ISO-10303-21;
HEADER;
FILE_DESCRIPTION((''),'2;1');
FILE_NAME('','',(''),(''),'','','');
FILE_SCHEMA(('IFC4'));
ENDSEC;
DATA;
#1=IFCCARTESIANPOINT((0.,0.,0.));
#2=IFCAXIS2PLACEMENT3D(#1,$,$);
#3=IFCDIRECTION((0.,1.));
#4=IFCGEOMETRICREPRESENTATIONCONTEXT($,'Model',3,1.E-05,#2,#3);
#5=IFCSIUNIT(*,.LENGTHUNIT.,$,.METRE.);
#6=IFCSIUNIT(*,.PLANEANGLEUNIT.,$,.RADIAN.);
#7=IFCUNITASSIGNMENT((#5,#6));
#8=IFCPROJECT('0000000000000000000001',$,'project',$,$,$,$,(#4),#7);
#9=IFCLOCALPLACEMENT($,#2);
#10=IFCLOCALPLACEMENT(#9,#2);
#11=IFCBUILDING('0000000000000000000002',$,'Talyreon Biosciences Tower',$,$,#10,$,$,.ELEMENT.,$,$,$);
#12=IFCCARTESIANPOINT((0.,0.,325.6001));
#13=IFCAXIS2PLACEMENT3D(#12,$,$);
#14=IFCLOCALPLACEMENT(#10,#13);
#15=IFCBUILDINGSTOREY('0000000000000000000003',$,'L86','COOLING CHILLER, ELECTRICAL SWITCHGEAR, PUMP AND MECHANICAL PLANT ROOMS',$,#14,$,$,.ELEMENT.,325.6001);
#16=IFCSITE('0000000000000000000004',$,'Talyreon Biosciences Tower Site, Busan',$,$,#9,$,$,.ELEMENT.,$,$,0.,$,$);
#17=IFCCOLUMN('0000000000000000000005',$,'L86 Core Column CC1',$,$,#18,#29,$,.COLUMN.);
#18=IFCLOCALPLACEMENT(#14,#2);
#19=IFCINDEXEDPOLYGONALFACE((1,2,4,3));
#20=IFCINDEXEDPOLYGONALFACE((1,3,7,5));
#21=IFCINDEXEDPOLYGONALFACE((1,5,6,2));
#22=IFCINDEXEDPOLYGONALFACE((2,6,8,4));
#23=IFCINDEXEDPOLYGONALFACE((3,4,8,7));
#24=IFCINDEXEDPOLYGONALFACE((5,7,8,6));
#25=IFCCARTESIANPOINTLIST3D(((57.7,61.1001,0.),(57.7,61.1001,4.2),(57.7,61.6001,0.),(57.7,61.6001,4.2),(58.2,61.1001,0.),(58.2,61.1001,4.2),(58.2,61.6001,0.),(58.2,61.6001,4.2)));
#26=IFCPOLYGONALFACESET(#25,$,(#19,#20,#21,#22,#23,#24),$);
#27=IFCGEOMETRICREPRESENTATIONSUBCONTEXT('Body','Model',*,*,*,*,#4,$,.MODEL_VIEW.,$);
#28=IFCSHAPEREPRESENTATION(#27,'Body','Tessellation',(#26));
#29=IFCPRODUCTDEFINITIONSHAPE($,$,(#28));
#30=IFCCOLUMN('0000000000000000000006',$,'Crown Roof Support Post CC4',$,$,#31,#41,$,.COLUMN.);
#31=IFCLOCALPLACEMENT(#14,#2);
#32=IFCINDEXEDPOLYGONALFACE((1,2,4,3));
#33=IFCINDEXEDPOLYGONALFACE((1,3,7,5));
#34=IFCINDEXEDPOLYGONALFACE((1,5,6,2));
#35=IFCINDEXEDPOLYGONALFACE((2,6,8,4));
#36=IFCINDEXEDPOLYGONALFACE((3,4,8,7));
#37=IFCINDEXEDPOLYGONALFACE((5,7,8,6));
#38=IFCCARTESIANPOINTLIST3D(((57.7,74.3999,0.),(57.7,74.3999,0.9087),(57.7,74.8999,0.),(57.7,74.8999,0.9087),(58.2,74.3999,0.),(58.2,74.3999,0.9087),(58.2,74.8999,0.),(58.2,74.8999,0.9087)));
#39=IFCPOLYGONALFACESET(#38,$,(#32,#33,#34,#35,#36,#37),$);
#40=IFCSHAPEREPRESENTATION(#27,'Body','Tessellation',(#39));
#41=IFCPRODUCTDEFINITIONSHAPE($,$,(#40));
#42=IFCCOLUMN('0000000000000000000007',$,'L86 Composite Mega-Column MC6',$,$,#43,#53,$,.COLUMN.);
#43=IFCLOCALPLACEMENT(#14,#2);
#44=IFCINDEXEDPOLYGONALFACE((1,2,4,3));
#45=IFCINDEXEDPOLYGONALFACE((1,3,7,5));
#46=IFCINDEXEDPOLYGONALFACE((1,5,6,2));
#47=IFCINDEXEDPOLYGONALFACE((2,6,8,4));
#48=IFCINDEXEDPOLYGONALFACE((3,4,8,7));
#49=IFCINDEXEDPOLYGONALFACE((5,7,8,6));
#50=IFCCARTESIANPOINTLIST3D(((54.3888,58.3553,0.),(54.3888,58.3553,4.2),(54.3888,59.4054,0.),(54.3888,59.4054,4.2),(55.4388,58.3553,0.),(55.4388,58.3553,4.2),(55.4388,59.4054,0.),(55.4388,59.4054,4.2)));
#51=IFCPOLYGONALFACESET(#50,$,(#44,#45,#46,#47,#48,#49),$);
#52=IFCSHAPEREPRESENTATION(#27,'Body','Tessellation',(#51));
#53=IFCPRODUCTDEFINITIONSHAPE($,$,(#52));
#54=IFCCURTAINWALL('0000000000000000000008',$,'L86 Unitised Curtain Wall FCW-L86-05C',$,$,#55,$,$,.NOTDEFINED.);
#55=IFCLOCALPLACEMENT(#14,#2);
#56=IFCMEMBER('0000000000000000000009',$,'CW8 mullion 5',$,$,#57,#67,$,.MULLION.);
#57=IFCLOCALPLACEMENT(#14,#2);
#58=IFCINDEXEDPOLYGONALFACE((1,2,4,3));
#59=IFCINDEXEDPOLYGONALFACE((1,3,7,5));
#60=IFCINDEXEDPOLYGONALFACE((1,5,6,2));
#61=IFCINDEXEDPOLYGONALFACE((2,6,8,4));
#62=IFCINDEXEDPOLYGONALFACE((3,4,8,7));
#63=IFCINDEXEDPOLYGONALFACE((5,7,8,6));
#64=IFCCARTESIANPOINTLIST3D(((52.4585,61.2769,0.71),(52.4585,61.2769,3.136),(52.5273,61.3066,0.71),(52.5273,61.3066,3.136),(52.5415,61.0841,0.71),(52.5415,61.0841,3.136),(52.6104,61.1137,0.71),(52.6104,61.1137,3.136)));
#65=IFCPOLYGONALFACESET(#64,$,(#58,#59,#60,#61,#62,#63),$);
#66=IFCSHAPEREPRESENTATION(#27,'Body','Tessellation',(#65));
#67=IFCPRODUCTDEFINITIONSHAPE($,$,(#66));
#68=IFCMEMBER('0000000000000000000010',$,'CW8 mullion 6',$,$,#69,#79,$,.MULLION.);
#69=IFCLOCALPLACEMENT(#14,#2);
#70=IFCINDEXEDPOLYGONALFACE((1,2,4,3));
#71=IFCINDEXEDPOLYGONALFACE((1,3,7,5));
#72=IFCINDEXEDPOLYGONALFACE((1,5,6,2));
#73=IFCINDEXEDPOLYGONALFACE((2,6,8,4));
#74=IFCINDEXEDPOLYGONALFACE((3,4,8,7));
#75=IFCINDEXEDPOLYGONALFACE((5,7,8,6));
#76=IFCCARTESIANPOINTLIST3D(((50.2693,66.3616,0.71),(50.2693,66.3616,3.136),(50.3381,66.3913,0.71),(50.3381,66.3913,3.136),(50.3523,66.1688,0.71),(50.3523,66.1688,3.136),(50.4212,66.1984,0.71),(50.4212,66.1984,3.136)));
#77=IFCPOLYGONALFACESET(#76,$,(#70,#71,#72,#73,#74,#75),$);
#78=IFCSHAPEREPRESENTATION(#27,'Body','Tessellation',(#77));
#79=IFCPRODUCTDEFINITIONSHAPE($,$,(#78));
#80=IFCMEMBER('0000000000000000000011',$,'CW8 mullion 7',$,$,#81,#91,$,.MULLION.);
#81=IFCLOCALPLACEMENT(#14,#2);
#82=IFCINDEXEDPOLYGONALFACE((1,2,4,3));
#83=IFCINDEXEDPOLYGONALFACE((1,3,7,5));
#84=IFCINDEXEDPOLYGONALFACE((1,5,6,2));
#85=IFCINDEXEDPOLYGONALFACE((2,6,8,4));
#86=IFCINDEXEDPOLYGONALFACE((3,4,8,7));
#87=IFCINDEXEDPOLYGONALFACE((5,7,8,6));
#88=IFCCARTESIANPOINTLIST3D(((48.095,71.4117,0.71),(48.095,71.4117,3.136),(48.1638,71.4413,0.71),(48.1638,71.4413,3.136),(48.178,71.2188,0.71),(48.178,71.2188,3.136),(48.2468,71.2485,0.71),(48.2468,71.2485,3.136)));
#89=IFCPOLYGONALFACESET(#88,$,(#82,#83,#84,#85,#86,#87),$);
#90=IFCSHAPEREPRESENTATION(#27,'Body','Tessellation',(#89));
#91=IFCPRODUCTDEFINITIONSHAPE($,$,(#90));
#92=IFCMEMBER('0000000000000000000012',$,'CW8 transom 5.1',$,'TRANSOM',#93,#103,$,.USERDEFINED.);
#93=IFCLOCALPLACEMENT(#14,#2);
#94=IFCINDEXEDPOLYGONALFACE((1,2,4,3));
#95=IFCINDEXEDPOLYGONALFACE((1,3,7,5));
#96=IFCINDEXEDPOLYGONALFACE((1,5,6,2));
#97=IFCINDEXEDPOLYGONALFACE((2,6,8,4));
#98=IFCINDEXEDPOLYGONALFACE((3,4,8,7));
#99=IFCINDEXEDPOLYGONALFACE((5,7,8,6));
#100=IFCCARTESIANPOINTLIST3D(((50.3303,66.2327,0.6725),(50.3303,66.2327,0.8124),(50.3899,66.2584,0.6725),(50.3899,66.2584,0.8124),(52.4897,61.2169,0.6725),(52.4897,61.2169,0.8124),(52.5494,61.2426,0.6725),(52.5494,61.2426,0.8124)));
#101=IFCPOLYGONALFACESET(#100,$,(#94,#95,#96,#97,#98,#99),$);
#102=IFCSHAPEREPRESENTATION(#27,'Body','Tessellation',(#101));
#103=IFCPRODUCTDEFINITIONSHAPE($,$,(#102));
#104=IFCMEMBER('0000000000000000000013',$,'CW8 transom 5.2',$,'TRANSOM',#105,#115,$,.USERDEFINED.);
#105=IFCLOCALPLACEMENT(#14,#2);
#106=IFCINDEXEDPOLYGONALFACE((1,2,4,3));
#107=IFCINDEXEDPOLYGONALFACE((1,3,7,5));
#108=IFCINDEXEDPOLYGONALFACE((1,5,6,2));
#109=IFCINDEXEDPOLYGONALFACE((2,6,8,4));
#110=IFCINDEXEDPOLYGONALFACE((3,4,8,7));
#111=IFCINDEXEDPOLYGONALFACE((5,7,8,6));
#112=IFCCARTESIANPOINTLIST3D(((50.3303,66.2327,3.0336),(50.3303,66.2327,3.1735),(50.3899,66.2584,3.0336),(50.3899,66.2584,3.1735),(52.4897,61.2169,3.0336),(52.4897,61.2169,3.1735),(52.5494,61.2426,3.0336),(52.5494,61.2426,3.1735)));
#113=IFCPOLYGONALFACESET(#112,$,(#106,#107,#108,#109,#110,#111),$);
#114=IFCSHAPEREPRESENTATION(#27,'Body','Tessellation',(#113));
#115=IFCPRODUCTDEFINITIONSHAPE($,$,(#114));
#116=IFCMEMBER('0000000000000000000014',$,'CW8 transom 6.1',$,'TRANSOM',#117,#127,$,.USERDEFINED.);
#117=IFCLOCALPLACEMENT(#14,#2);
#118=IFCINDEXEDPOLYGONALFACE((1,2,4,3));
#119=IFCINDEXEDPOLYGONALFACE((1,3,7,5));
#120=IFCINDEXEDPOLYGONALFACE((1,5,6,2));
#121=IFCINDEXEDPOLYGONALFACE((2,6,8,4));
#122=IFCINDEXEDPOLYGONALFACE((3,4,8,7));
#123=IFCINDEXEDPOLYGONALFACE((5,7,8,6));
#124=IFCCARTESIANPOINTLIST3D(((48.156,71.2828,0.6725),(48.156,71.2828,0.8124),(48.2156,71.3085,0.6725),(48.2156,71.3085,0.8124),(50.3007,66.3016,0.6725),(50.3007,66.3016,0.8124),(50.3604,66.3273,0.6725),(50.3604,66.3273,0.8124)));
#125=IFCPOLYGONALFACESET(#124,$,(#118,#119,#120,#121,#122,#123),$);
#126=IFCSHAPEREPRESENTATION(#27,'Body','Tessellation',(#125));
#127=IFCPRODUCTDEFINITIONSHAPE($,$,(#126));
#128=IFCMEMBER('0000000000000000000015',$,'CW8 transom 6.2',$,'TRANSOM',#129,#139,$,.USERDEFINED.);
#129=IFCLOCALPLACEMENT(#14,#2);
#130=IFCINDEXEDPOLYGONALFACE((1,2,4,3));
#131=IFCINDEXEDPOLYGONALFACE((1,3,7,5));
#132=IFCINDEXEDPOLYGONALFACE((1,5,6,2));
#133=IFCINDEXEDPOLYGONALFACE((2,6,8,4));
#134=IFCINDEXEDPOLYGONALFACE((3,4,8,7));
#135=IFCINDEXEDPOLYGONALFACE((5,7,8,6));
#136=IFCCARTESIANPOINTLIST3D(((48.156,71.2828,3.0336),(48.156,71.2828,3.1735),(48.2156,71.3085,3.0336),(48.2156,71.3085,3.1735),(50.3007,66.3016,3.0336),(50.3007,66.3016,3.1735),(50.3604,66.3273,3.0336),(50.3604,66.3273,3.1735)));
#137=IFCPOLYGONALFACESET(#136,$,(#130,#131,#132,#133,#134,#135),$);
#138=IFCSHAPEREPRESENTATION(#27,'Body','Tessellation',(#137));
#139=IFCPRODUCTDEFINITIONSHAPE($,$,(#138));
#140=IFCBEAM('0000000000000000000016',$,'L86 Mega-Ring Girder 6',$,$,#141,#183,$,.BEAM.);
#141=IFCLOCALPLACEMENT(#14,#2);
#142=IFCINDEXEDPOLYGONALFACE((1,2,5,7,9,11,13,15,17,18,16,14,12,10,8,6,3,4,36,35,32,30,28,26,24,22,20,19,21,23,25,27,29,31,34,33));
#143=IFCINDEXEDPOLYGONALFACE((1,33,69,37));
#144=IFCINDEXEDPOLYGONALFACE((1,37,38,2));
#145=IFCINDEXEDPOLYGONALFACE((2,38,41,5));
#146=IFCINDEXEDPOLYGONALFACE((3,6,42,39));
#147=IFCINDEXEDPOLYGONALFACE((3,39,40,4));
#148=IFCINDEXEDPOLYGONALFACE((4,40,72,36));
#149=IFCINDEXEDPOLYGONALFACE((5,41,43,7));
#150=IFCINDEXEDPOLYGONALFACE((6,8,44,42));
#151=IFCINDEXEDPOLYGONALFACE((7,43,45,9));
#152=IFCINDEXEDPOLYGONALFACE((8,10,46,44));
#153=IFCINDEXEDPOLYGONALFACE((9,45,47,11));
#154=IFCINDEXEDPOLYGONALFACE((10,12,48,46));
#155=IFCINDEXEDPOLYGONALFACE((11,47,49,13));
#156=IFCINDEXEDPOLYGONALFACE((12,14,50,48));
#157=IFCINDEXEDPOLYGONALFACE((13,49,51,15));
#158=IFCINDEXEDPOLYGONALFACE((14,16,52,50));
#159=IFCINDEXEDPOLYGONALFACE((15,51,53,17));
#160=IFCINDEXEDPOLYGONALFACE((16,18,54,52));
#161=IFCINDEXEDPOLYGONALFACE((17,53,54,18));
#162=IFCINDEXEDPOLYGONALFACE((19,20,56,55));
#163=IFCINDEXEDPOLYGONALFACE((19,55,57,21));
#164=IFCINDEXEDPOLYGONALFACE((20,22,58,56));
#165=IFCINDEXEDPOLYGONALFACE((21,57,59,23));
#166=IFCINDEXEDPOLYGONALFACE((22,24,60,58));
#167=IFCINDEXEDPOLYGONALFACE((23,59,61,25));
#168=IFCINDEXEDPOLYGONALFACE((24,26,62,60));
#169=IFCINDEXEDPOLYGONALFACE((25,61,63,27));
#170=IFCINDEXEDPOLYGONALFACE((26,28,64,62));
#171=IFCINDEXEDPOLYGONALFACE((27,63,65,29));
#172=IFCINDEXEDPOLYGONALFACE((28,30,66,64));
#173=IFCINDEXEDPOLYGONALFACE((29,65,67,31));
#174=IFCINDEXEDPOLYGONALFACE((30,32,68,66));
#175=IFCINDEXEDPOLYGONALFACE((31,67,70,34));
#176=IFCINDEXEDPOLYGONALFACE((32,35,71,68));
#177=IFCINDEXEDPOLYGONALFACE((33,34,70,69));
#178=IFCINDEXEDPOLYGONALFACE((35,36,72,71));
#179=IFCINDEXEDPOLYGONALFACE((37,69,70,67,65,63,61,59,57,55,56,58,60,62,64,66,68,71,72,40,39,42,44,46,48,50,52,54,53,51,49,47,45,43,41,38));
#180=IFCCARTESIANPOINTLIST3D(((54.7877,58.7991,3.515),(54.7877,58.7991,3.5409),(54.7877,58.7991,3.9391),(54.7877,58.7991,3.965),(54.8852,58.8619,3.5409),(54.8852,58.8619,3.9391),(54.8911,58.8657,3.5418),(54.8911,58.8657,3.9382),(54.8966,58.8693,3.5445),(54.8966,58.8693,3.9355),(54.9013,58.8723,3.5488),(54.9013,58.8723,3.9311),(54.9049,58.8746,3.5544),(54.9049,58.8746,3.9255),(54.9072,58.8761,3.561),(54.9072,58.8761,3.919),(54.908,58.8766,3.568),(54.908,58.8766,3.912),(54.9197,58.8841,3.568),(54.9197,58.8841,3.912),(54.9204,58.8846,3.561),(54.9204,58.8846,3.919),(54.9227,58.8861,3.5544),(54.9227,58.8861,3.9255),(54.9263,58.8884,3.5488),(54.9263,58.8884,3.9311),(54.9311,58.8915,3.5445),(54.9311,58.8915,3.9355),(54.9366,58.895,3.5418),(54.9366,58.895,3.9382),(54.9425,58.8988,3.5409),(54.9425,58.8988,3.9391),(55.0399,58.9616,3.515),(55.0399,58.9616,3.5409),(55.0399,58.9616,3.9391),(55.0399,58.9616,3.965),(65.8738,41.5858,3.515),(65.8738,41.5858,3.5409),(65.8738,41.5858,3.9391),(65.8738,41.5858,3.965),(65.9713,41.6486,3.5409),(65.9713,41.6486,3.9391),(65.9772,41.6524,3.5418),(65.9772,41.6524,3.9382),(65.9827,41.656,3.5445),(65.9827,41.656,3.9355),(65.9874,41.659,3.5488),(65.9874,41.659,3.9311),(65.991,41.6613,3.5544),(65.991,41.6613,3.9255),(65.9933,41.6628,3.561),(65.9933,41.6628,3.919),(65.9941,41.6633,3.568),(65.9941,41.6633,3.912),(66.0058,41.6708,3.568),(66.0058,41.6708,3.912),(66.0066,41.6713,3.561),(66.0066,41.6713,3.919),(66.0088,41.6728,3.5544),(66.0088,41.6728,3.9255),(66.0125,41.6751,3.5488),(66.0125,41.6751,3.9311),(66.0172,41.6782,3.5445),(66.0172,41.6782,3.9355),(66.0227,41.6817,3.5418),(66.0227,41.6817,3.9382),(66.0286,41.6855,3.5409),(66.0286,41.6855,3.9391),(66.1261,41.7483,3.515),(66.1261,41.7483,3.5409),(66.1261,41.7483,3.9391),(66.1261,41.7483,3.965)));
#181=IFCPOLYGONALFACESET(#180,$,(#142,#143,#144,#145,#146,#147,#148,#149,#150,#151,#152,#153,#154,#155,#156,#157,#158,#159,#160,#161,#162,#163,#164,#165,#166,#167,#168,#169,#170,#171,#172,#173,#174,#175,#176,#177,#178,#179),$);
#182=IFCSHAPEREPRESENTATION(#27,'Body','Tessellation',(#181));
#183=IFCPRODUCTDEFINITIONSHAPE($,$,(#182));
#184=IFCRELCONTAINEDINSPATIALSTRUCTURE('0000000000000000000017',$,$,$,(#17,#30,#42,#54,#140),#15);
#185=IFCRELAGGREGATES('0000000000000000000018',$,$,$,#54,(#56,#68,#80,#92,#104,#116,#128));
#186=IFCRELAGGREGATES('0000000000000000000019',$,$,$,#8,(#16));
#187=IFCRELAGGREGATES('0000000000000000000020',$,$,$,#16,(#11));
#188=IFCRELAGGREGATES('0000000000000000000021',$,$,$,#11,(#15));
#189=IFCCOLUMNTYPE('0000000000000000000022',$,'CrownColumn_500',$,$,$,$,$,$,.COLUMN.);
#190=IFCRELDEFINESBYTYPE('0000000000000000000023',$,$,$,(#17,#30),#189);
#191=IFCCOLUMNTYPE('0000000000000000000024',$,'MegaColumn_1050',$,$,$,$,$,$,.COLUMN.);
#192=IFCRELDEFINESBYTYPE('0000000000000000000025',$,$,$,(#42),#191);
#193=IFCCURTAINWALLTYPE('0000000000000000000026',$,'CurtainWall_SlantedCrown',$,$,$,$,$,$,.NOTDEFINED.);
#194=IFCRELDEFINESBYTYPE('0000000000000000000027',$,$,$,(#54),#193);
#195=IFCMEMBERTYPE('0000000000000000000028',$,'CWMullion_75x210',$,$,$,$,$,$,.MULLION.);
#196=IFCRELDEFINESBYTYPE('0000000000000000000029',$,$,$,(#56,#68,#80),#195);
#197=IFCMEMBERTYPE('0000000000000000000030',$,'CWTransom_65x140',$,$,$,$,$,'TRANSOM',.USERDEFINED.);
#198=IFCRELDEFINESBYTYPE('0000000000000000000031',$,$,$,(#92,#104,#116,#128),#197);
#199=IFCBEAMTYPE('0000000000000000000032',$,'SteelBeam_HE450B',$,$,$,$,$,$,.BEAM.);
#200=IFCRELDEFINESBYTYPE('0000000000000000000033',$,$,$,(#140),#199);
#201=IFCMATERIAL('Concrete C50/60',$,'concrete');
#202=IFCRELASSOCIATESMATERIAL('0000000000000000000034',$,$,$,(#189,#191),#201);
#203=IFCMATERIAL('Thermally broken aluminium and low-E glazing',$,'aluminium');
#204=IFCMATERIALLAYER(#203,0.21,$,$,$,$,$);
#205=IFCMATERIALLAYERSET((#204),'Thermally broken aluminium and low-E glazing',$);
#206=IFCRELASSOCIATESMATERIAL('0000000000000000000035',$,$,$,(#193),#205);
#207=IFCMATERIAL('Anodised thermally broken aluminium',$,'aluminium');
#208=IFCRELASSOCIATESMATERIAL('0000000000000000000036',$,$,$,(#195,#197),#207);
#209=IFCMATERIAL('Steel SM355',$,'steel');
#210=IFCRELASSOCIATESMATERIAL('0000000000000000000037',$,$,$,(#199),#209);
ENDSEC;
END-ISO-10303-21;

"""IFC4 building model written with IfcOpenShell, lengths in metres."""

from ifc_helpers import new_model, si_unit, direction, frame, origin, origin_2d, place, context, subcontext, project, spatial, rectangle, i_section, extrude, material, layer, layer_set, material_profile, profile_set, type_object, element, aggregate, save


model = new_model("IFC4")

# Units and contexts
model_context = context("Model", 3, precision=1e-05, world=origin(), true_north=direction((0.0, 1.0)))
body_context = subcontext(model_context, "Body", "Model", "MODEL_VIEW")
ifc_project = project(units=[si_unit("LENGTHUNIT", "METRE"), si_unit("PLANEANGLEUNIT", "RADIAN")], contexts=[model_context])

# Site, building, storey
site_placement = place(None, origin())
site = spatial("IfcSite", under=ifc_project, at=site_placement, Name="Talyreon Biosciences Tower Site, Busan", CompositionType="ELEMENT", RefElevation=0.0)
building_placement = place(site_placement, origin())
building = spatial("IfcBuilding", under=site, at=building_placement, Name="Talyreon Biosciences Tower", CompositionType="ELEMENT")
storey_placement = place(building_placement, frame((0.0, 0.0, 325.6001)))
storey = spatial("IfcBuildingStorey", under=building, at=storey_placement, Name="L86", Description="COOLING CHILLER, ELECTRICAL SWITCHGEAR, PUMP AND MECHANICAL PLANT ROOMS", CompositionType="ELEMENT", Elevation=325.6001)

# Columns
ifc_material_1 = material(Name="Concrete C50/60", Category="concrete")
ifc_material_profile_1 = material_profile(ifc_material_1, rectangle(XDim=0.5, YDim=0.5, at=origin_2d()), Name="RC 500x500")
ifc_profile_set_1 = profile_set([ifc_material_profile_1], Name="Concrete C50/60")
column_type_1 = type_object("IfcColumnType", Name="CrownColumn_500", PredefinedType="COLUMN", material=ifc_profile_set_1)
column_1_placement = place(storey_placement, frame((57.95, 61.3501, 0.0), z_axis=(0.0, 0.0, 1.0), x_axis=(1.0, 0.0, 0.0)))
element("IfcColumn", 1, at=column_1_placement, inside=storey, type_object=column_type_1, Name="L86 Core Column CC1", PredefinedType="COLUMN", context=body_context, shape_type="SweptSolid", body=[
    extrude(rectangle(XDim=0.5, YDim=0.5, at=origin_2d()), origin(), (0.0, 0.0, 1.0), 4.2),
])
column_2_placement = place(storey_placement, frame((57.95, 74.6499, 0.0), z_axis=(0.0, 0.0, 1.0), x_axis=(1.0, 0.0, 0.0)))
element("IfcColumn", 2, at=column_2_placement, inside=storey, type_object=column_type_1, Name="Crown Roof Support Post CC4", PredefinedType="COLUMN", context=body_context, shape_type="SweptSolid", body=[
    extrude(rectangle(XDim=0.5, YDim=0.5, at=origin_2d()), origin(), (0.0, 0.0, 1.0), 0.9087),
])
ifc_material_profile_2 = material_profile(ifc_material_1, rectangle(XDim=1.05, YDim=1.05, at=origin_2d()), Name="RC 1050x1050")
ifc_profile_set_2 = profile_set([ifc_material_profile_2], Name="Concrete C50/60")
column_type_2 = type_object("IfcColumnType", Name="MegaColumn_1050", PredefinedType="COLUMN", material=ifc_profile_set_2)
column_3_placement = place(storey_placement, frame((54.9138, 58.8804, 0.0), z_axis=(0.0, 0.0, 1.0), x_axis=(1.0, 0.0, 0.0)))
element("IfcColumn", 3, at=column_3_placement, inside=storey, type_object=column_type_2, Name="L86 Composite Mega-Column MC6", PredefinedType="COLUMN", context=body_context, shape_type="SweptSolid", body=[
    extrude(rectangle(XDim=1.05, YDim=1.05, at=origin_2d()), origin(), (0.0, 0.0, 1.0), 4.2),
])

# Curtain wall, members
ifc_material_2 = material(Name="Thermally broken aluminium and low-E glazing", Category="aluminium")
ifc_layer_1 = layer(ifc_material_2, 0.21)
ifc_layer_set_1 = layer_set([ifc_layer_1], Name="Thermally broken aluminium and low-E glazing")
curtain_wall_type = type_object("IfcCurtainWallType", Name="CurtainWall_SlantedCrown", PredefinedType="NOTDEFINED", material=ifc_layer_set_1)
curtain_wall_placement = place(storey_placement, origin())
curtain_wall = element("IfcCurtainWall", 4, at=curtain_wall_placement, inside=storey, type_object=curtain_wall_type, Name="L86 Unitised Curtain Wall FCW-L86-05C", PredefinedType="NOTDEFINED")
ifc_material_3 = material(Name="Anodised thermally broken aluminium", Category="aluminium")
ifc_material_profile_3 = material_profile(ifc_material_3, rectangle(XDim=0.075, YDim=0.21, at=origin_2d()), Name="ALUM MULLION 75x210")
ifc_profile_set_3 = profile_set([ifc_material_profile_3], Name="Anodised thermally broken aluminium")
member_type_1 = type_object("IfcMemberType", Name="CWMullion_75x210", PredefinedType="MULLION", material=ifc_profile_set_3)
member_1_placement = place(storey_placement, frame((52.5344, 61.1953, 0.71), z_axis=(0.0, 0.0, 1.0), x_axis=(-0.918487, -0.395451, 0.0)))
member_1 = element("IfcMember", 5, at=member_1_placement, type_object=member_type_1, Name="CW8 mullion 5", PredefinedType="MULLION", context=body_context, shape_type="SweptSolid", body=[
    extrude(rectangle(XDim=0.075, YDim=0.21, at=origin_2d()), origin(), (0.0, 0.0, 1.0), 2.426),
])
member_2_placement = place(storey_placement, frame((50.3452, 66.28, 0.71), z_axis=(0.0, 0.0, 1.0), x_axis=(-0.918487, -0.395451, 0.0)))
member_2 = element("IfcMember", 6, at=member_2_placement, type_object=member_type_1, Name="CW8 mullion 6", PredefinedType="MULLION", context=body_context, shape_type="SweptSolid", body=[
    extrude(rectangle(XDim=0.075, YDim=0.21, at=origin_2d()), origin(), (0.0, 0.0, 1.0), 2.426),
])
member_3_placement = place(storey_placement, frame((48.1709, 71.3301, 0.71), z_axis=(0.0, 0.0, 1.0), x_axis=(-0.918487, -0.395451, 0.0)))
member_3 = element("IfcMember", 7, at=member_3_placement, type_object=member_type_1, Name="CW8 mullion 7", PredefinedType="MULLION", context=body_context, shape_type="SweptSolid", body=[
    extrude(rectangle(XDim=0.075, YDim=0.21, at=origin_2d()), origin(), (0.0, 0.0, 1.0), 2.426),
])
ifc_material_profile_4 = material_profile(ifc_material_3, rectangle(XDim=0.0649, YDim=0.1399, at=origin_2d()), Name="ALUM TRANSOM 65x140")
ifc_profile_set_4 = profile_set([ifc_material_profile_4], Name="Anodised thermally broken aluminium")
member_type_2 = type_object("IfcMemberType", Name="CWTransom_65x140", ElementType="TRANSOM", PredefinedType="USERDEFINED", material=ifc_profile_set_4)
member_4_placement = place(storey_placement, frame((52.5195, 61.2297, 0.7424), z_axis=(-0.39543, 0.918496, 0.0), x_axis=(-0.918496, -0.39543, 0.0)))
member_4 = element("IfcMember", 8, at=member_4_placement, type_object=member_type_2, Name="CW8 transom 5.1", ObjectType="TRANSOM", PredefinedType="USERDEFINED", context=body_context, shape_type="SweptSolid", body=[
    extrude(rectangle(XDim=0.0649, YDim=0.1399, at=origin_2d()), origin(), (0.0, 0.0, 1.0), 5.4609),
])
member_5_placement = place(storey_placement, frame((52.5195, 61.2297, 3.1035), z_axis=(-0.39543, 0.918496, 0.0), x_axis=(-0.918496, -0.39543, 0.0)))
member_5 = element("IfcMember", 9, at=member_5_placement, type_object=member_type_2, Name="CW8 transom 5.2", ObjectType="TRANSOM", PredefinedType="USERDEFINED", context=body_context, shape_type="SweptSolid", body=[
    extrude(rectangle(XDim=0.0649, YDim=0.1399, at=origin_2d()), origin(), (0.0, 0.0, 1.0), 5.4609),
])
member_6_placement = place(storey_placement, frame((50.3306, 66.3145, 0.7424), z_axis=(-0.395473, 0.918478, 0.0), x_axis=(-0.918478, -0.395473, 0.0)))
member_6 = element("IfcMember", 10, at=member_6_placement, type_object=member_type_2, Name="CW8 transom 6.1", ObjectType="TRANSOM", PredefinedType="USERDEFINED", context=body_context, shape_type="SweptSolid", body=[
    extrude(rectangle(XDim=0.0649, YDim=0.1399, at=origin_2d()), origin(), (0.0, 0.0, 1.0), 5.4233),
])
member_7_placement = place(storey_placement, frame((50.3306, 66.3145, 3.1035), z_axis=(-0.395473, 0.918478, 0.0), x_axis=(-0.918478, -0.395473, 0.0)))
member_7 = element("IfcMember", 11, at=member_7_placement, type_object=member_type_2, Name="CW8 transom 6.2", ObjectType="TRANSOM", PredefinedType="USERDEFINED", context=body_context, shape_type="SweptSolid", body=[
    extrude(rectangle(XDim=0.0649, YDim=0.1399, at=origin_2d()), origin(), (0.0, 0.0, 1.0), 5.4233),
])

# Beam
ifc_material_4 = material(Name="Steel SM355", Category="steel")
ifc_material_profile_5 = material_profile(ifc_material_4, i_section(OverallWidth=0.3, OverallDepth=0.45, WebThickness=0.0139, FlangeThickness=0.0259, FilletRadius=0.0271, at=origin_2d()), Name="HE450B")
ifc_profile_set_5 = profile_set([ifc_material_profile_5], Name="Steel SM355")
beam_type = type_object("IfcBeamType", Name="SteelBeam_HE450B", PredefinedType="BEAM", material=ifc_profile_set_5)
beam_placement = place(storey_placement, frame((54.9138, 58.8804, 3.74), z_axis=(0.541464, -0.840724, 0.0), x_axis=(0.840724, 0.541464, 0.0)))
element("IfcBeam", 12, at=beam_placement, inside=storey, type_object=beam_type, Name="L86 Mega-Ring Girder 6", PredefinedType="BEAM", context=body_context, shape_type="SweptSolid", body=[
    extrude(i_section(OverallWidth=0.3, OverallDepth=0.45, WebThickness=0.0139, FlangeThickness=0.0259, FilletRadius=0.0271, at=origin_2d()), origin(), (0.0, 0.0, 1.0), 20.4744),
])

aggregate(curtain_wall, [member_1, member_2, member_3, member_4, member_5, member_6, member_7])

save(model, "model.ifc")
